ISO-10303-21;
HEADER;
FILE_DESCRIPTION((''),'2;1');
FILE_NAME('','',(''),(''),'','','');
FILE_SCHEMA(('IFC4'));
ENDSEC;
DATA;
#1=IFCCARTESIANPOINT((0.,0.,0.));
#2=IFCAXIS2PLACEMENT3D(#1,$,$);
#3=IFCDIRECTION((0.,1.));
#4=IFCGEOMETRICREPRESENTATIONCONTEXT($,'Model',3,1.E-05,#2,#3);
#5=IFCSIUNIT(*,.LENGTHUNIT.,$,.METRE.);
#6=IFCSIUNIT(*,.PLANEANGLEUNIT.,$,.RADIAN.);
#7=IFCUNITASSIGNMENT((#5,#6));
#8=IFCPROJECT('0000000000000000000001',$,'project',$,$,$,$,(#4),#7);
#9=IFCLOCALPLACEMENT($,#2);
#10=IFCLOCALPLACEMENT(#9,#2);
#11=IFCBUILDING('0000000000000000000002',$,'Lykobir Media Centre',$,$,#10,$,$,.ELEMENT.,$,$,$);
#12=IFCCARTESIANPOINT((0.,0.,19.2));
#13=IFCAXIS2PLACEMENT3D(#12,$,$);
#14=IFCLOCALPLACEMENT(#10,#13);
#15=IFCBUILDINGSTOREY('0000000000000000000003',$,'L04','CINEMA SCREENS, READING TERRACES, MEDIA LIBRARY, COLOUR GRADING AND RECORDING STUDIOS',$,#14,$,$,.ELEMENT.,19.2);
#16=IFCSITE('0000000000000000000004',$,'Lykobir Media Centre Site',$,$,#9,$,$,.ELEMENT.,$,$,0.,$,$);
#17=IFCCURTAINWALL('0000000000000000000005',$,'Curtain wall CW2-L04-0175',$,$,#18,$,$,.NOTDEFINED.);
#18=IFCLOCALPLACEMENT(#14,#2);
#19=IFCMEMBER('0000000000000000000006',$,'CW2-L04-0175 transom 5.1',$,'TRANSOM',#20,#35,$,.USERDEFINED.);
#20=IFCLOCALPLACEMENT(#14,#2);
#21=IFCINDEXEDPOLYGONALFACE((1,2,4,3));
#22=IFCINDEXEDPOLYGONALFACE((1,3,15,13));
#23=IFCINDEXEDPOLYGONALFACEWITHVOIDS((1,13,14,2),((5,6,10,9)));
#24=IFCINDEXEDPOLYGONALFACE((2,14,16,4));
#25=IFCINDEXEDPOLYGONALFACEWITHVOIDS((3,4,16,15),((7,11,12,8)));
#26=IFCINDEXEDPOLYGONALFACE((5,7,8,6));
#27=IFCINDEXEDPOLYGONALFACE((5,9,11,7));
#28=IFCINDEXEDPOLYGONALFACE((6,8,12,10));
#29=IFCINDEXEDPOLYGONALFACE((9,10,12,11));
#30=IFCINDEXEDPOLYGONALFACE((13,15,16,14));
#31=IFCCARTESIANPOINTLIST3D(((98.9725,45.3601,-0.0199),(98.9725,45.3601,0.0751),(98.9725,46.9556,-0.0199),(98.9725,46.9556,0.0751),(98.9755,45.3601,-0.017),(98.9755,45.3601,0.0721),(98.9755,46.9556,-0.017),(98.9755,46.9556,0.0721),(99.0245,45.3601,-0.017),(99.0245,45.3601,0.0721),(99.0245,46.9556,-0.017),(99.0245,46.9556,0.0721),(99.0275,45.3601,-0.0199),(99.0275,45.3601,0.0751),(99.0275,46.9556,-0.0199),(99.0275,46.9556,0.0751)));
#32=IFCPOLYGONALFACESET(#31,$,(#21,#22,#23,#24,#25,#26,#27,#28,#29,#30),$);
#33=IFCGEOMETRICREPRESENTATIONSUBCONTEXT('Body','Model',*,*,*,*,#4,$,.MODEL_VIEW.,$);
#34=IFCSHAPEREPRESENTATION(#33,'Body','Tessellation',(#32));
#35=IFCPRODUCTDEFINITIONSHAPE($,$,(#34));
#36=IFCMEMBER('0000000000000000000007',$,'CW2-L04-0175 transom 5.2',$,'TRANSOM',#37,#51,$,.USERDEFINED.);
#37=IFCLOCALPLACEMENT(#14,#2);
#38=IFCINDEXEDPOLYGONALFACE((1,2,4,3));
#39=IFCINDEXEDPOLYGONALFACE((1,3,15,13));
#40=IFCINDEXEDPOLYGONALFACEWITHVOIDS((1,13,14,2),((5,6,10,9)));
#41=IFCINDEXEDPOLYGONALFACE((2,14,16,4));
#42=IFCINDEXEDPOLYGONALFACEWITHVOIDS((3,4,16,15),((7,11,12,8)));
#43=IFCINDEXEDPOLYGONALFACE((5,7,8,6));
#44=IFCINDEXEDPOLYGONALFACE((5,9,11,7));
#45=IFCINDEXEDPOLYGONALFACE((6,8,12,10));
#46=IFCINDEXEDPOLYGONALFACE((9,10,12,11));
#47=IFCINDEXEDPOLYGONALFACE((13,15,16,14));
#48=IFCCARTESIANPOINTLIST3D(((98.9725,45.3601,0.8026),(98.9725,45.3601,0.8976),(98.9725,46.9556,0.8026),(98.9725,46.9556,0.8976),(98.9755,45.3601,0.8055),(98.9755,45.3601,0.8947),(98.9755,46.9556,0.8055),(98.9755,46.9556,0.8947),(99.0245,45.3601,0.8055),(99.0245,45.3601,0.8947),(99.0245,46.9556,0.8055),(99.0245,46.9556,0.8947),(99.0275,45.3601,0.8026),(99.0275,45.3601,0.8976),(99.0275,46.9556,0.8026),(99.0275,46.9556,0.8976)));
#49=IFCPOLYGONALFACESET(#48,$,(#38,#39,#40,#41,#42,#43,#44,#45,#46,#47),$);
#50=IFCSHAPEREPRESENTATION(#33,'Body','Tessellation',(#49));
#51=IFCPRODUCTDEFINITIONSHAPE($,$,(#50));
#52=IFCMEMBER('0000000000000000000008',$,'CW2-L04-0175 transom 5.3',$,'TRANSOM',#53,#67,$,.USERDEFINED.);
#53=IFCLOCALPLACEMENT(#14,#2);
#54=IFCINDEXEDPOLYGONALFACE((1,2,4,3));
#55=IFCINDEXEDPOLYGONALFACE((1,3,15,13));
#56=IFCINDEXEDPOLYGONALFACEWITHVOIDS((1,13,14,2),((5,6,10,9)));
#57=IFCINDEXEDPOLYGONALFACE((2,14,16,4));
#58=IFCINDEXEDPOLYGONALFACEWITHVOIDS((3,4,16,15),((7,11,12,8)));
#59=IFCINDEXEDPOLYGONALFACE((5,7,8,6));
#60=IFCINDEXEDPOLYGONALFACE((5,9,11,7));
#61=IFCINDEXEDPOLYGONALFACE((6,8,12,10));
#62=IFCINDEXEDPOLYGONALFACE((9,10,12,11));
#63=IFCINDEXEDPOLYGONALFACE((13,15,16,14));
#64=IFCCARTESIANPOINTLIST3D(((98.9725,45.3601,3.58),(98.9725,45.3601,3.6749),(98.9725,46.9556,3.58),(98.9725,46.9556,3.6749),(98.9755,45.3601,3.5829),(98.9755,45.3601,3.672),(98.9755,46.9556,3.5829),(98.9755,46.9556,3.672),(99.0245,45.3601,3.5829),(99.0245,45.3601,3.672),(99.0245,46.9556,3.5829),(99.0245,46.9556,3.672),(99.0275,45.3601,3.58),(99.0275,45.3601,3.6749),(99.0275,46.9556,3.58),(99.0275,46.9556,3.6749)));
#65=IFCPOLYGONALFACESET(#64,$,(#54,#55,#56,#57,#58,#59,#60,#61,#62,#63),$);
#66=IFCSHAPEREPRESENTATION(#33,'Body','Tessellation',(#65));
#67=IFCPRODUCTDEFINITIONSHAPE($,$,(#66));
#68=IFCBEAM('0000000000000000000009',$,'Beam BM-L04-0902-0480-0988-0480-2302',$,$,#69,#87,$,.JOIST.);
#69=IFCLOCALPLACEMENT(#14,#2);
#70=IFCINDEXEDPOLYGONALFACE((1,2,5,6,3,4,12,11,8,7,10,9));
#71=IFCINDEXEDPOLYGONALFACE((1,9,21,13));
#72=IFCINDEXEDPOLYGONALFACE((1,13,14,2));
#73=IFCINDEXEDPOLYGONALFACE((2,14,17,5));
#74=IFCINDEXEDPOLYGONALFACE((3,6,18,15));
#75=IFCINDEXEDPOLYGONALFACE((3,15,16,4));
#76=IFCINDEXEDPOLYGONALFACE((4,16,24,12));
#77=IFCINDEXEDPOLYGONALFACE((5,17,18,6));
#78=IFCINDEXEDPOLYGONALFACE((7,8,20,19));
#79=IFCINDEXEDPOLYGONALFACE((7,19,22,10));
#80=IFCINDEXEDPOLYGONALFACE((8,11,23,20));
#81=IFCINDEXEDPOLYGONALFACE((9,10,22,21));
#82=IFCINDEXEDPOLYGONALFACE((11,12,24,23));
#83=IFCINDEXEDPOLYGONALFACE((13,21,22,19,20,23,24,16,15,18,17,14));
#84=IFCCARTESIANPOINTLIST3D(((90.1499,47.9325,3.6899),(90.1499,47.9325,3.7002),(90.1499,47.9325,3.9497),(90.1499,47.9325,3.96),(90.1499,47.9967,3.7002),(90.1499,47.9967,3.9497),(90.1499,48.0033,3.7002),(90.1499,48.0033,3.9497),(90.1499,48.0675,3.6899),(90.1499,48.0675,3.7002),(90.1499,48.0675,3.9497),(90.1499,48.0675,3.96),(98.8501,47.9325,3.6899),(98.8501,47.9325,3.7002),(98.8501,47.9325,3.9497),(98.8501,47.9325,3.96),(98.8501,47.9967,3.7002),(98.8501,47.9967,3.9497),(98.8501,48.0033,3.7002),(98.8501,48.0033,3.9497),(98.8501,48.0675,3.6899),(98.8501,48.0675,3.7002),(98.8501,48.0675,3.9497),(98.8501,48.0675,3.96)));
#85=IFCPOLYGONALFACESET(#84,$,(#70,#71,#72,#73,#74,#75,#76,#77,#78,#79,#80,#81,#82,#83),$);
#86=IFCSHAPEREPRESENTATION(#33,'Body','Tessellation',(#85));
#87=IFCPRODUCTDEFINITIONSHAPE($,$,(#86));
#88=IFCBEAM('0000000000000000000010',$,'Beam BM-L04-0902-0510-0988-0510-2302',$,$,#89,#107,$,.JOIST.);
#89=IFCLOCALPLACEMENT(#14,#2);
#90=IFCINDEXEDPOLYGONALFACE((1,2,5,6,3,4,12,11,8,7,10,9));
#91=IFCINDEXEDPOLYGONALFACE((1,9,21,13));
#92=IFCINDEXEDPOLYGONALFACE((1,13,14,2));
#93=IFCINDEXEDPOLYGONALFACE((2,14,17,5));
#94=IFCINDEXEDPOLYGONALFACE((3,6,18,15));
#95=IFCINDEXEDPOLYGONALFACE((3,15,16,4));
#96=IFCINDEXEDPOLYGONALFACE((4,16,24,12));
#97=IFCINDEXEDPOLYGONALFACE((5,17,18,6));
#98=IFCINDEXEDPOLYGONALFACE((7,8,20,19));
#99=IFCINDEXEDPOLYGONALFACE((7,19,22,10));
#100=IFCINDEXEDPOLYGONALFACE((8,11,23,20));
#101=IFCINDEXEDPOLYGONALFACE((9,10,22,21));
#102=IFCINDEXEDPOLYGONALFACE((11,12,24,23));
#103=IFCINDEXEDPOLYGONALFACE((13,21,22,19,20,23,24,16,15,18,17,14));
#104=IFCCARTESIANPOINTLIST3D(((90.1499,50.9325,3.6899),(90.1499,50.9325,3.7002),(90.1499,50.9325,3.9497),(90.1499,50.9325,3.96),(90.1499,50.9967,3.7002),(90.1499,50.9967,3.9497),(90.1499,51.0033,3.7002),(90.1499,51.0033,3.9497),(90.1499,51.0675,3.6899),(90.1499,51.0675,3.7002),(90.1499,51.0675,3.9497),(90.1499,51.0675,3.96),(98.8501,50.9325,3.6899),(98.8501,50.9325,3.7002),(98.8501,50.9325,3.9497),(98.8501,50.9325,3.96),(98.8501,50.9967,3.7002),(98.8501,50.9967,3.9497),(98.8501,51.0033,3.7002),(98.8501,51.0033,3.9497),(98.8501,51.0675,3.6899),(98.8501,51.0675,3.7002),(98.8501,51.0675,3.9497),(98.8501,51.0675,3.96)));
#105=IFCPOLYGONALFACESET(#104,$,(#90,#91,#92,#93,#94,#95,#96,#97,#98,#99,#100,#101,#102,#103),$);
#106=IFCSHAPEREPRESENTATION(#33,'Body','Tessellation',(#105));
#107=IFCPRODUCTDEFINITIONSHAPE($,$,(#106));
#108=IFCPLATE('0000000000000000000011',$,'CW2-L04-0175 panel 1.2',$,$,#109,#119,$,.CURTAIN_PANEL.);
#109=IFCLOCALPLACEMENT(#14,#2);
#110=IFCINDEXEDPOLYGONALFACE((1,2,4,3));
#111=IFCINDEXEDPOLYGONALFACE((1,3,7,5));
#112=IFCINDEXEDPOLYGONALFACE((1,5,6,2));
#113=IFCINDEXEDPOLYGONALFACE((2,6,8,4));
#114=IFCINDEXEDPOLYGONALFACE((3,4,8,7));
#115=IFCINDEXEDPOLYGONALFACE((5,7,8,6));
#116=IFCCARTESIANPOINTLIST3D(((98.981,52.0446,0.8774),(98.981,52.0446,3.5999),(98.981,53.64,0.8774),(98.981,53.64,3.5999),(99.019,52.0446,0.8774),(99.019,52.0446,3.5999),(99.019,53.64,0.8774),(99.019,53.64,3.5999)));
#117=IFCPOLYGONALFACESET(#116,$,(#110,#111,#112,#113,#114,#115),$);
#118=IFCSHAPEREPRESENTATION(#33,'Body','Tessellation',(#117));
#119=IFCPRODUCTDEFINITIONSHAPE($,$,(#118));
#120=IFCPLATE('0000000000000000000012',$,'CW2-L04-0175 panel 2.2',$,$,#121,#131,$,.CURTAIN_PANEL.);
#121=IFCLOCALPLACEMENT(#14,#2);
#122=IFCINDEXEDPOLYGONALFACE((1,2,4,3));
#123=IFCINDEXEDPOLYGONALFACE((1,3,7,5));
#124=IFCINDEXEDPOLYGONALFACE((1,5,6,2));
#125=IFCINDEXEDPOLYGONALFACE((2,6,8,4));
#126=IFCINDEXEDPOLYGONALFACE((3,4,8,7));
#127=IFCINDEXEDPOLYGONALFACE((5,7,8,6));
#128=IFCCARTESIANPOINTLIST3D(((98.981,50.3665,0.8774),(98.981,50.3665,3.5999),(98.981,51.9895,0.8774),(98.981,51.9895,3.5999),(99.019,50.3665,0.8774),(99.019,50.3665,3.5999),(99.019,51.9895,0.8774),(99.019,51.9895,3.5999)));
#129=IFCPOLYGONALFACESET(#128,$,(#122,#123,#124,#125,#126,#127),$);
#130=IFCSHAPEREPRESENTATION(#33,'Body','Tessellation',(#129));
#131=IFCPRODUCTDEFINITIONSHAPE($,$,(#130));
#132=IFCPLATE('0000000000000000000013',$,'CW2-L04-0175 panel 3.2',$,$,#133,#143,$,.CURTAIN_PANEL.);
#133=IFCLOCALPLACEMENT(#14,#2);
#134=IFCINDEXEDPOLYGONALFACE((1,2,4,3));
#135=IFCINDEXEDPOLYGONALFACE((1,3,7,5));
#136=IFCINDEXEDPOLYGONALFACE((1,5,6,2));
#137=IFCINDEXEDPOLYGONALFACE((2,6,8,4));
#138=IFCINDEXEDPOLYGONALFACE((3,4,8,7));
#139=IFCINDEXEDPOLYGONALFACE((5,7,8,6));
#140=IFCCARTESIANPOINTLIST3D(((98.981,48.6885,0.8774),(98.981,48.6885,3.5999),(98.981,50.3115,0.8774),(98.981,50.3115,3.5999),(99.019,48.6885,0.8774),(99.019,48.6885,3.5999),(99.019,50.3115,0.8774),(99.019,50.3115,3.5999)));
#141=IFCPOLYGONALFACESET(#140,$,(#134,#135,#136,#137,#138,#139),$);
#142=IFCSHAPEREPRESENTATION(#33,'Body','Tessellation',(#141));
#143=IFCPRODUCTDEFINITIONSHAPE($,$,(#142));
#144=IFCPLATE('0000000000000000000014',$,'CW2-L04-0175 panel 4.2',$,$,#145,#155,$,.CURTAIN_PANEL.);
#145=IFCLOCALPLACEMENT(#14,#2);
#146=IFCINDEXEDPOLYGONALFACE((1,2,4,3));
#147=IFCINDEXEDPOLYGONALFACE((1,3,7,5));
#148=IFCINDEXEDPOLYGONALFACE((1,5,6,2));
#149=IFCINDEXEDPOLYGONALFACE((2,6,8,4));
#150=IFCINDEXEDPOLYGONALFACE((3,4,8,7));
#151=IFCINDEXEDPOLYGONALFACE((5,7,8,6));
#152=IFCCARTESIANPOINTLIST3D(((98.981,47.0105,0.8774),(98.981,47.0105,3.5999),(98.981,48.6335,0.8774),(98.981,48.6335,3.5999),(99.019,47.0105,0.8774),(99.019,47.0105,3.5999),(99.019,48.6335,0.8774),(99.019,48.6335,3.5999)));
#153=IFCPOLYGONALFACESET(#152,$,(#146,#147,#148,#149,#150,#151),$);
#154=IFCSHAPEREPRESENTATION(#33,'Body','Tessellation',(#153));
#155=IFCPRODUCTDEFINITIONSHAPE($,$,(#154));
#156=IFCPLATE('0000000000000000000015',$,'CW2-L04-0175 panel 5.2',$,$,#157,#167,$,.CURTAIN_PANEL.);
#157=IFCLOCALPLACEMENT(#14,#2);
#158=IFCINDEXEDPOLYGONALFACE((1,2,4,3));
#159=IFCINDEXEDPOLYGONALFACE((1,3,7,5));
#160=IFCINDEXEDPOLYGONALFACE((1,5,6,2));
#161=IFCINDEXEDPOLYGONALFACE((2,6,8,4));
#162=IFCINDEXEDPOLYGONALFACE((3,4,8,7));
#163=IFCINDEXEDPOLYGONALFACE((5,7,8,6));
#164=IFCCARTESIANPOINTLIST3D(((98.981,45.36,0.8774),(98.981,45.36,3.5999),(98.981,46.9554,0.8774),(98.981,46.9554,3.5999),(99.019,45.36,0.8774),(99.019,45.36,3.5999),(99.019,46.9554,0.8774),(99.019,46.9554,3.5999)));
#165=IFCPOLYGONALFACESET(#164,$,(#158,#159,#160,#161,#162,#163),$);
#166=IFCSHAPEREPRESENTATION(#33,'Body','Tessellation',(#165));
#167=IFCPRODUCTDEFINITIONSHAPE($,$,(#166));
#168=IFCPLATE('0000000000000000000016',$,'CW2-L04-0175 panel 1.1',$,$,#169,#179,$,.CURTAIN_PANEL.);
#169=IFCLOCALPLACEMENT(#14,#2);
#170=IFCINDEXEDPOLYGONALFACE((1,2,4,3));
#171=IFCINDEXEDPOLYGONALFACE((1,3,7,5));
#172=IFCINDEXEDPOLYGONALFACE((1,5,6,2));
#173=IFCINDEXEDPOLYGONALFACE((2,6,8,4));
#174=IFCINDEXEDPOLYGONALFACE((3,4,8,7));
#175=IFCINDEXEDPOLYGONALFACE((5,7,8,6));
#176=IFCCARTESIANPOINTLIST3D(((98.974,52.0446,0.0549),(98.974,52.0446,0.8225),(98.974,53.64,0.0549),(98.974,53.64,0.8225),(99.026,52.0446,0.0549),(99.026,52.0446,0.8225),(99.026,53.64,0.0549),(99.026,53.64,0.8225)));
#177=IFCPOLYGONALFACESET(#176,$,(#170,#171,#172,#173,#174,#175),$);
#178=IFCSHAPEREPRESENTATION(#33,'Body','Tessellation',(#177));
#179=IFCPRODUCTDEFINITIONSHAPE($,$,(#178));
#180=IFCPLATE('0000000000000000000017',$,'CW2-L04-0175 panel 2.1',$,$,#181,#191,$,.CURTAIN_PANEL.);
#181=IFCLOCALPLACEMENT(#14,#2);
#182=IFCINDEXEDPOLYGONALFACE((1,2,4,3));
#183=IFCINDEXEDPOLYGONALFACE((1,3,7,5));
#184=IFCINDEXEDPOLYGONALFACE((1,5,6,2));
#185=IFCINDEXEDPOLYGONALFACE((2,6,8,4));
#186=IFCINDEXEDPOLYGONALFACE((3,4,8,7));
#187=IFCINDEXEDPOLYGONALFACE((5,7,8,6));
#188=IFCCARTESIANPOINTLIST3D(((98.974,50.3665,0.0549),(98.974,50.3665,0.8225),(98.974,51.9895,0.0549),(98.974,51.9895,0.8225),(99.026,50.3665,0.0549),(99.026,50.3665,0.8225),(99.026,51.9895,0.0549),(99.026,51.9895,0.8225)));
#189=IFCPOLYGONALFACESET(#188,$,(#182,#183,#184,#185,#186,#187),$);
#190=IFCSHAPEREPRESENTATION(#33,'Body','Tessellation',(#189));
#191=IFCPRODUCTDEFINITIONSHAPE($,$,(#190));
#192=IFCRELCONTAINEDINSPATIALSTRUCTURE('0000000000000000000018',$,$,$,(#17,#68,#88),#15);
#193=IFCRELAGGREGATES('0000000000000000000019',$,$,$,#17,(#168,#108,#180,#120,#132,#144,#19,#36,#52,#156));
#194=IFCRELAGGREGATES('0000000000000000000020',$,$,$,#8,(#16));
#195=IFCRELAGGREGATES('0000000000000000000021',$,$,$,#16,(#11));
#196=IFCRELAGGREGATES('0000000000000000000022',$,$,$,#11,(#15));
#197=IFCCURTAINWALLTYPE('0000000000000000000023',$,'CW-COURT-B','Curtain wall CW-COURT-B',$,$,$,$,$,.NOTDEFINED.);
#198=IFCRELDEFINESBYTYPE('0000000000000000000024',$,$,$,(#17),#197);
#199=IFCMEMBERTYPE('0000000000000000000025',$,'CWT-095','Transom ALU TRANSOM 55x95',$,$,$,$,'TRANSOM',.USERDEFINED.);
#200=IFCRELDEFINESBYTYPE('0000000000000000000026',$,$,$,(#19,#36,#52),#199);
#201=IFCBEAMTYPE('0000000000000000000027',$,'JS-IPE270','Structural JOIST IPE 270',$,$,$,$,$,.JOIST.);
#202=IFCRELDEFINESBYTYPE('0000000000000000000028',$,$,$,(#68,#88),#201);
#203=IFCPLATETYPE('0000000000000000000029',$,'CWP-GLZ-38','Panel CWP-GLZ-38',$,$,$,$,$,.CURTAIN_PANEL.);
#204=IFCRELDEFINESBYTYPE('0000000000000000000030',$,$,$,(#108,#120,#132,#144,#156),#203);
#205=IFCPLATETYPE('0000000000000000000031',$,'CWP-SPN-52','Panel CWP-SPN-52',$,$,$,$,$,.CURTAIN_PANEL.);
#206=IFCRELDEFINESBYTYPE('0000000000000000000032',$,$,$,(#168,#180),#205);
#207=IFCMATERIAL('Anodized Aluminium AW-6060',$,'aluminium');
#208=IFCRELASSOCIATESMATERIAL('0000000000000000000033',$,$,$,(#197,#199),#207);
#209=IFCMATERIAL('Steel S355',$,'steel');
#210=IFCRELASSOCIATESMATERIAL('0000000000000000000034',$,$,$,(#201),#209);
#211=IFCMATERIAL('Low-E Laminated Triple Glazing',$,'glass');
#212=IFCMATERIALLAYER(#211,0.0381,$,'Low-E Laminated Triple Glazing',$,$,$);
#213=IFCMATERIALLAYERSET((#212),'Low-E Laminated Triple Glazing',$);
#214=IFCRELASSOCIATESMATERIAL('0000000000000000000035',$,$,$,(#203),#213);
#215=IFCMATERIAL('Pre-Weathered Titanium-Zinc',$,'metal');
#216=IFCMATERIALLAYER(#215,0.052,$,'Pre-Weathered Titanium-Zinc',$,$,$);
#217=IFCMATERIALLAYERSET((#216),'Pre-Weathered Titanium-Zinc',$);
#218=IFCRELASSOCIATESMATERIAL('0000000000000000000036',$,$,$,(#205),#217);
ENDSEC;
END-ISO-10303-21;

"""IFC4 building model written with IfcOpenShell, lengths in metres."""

from ifc_helpers import new_model, si_unit, direction, frame, origin, origin_2d, place, context, subcontext, project, spatial, rectangle, hollow_rectangle, i_section, extrude, material, layer, layer_set, material_profile, profile_set, type_object, element, aggregate, save


model = new_model("IFC4")

# Units and contexts
model_context = context("Model", 3, precision=1e-05, world=origin(), true_north=direction((0.0, 1.0)))
body_context = subcontext(model_context, "Body", "Model", "MODEL_VIEW")
ifc_project = project(units=[si_unit("LENGTHUNIT", "METRE"), si_unit("PLANEANGLEUNIT", "RADIAN")], contexts=[model_context])

# Site, building, storey
site_placement = place(None, origin())
site = spatial("IfcSite", under=ifc_project, at=site_placement, Name="Lykobir Media Centre Site", CompositionType="ELEMENT", RefElevation=0.0)
building_placement = place(site_placement, origin())
building = spatial("IfcBuilding", under=site, at=building_placement, Name="Lykobir Media Centre", CompositionType="ELEMENT")
storey_placement = place(building_placement, frame((0.0, 0.0, 19.2)))
storey = spatial("IfcBuildingStorey", under=building, at=storey_placement, Name="L04", Description="CINEMA SCREENS, READING TERRACES, MEDIA LIBRARY, COLOUR GRADING AND RECORDING STUDIOS", CompositionType="ELEMENT", Elevation=19.2)

# Shared definitions
ifc_material_1 = material(Name="Steel S355", Category="steel")

# Curtain wall, members
ifc_material_2 = material(Name="Anodized Aluminium AW-6060", Category="aluminium")
curtain_wall_type = type_object("IfcCurtainWallType", Name="CW-COURT-B", Description="Curtain wall CW-COURT-B", PredefinedType="NOTDEFINED", material=ifc_material_2)
curtain_wall_placement = place(storey_placement, origin())
curtain_wall = element("IfcCurtainWall", 1, at=curtain_wall_placement, inside=storey, type_object=curtain_wall_type, Name="Curtain wall CW2-L04-0175", PredefinedType="NOTDEFINED")
ifc_material_profile_1 = material_profile(ifc_material_2, hollow_rectangle(XDim=0.0549, YDim=0.095, WallThickness=0.0029, at=origin_2d()), Name="ALU TRANSOM 55x95")
ifc_profile_set_1 = profile_set([ifc_material_profile_1], Name="Anodized Aluminium AW-6060")
member_type_1 = type_object("IfcMemberType", Name="CWT-095", Description="Transom ALU TRANSOM 55x95", ElementType="TRANSOM", PredefinedType="USERDEFINED", material=ifc_profile_set_1)
member_1_placement = place(storey_placement, frame((99.0, 46.9556, 0.0276), z_axis=(0.0, -1.0, 0.0), x_axis=(1.0, 0.0, 0.0)))
member_1 = element("IfcMember", 2, at=member_1_placement, type_object=member_type_1, Name="CW2-L04-0175 transom 5.1", ObjectType="TRANSOM", PredefinedType="USERDEFINED", context=body_context, shape_type="SweptSolid", body=[
    extrude(hollow_rectangle(XDim=0.0549, YDim=0.095, WallThickness=0.0029, at=origin_2d()), origin(), (0.0, 0.0, 1.0), 1.5955),
])
member_2_placement = place(storey_placement, frame((99.0, 46.9556, 0.8501), z_axis=(0.0, -1.0, 0.0), x_axis=(1.0, 0.0, 0.0)))
member_2 = element("IfcMember", 3, at=member_2_placement, type_object=member_type_1, Name="CW2-L04-0175 transom 5.2", ObjectType="TRANSOM", PredefinedType="USERDEFINED", context=body_context, shape_type="SweptSolid", body=[
    extrude(hollow_rectangle(XDim=0.0549, YDim=0.095, WallThickness=0.0029, at=origin_2d()), origin(), (0.0, 0.0, 1.0), 1.5955),
])
member_3_placement = place(storey_placement, frame((99.0, 46.9556, 3.6274), z_axis=(0.0, -1.0, 0.0), x_axis=(1.0, 0.0, 0.0)))
member_3 = element("IfcMember", 4, at=member_3_placement, type_object=member_type_1, Name="CW2-L04-0175 transom 5.3", ObjectType="TRANSOM", PredefinedType="USERDEFINED", context=body_context, shape_type="SweptSolid", body=[
    extrude(hollow_rectangle(XDim=0.0549, YDim=0.095, WallThickness=0.0029, at=origin_2d()), origin(), (0.0, 0.0, 1.0), 1.5955),
])

# Beams
ifc_material_profile_2 = material_profile(ifc_material_1, i_section(OverallWidth=0.135, OverallDepth=0.27, WebThickness=0.0066, FlangeThickness=0.0103, at=origin_2d()), Name="IPE 270")
ifc_profile_set_2 = profile_set([ifc_material_profile_2], Name="Steel S355")
beam_type_1 = type_object("IfcBeamType", Name="JS-IPE270", Description="Structural JOIST IPE 270", PredefinedType="JOIST", material=ifc_profile_set_2)
for number, where, z_axis, x_axis, name in (
    (5, (90.1499, 48.0, 3.825), (1.0, 0.0, 0.0), (0.0, 1.0, 0.0), "Beam BM-L04-0902-0480-0988-0480-2302"),
    (6, (90.1499, 51.0, 3.825), (1.0, 0.0, 0.0), (0.0, 1.0, 0.0), "Beam BM-L04-0902-0510-0988-0510-2302"),
):
    element("IfcBeam", number, at=place(storey_placement, frame(where, z_axis=z_axis, x_axis=x_axis)), inside=storey, type_object=beam_type_1, Name=name, PredefinedType="JOIST", context=body_context, shape_type="SweptSolid", body=[
        extrude(i_section(OverallWidth=0.135, OverallDepth=0.27, WebThickness=0.0066, FlangeThickness=0.0103, at=origin_2d()), origin(), (0.0, 0.0, 1.0), 8.7002),
    ])

# Plates
ifc_material_3 = material(Name="Low-E Laminated Triple Glazing", Category="glass")
ifc_layer_1 = layer(ifc_material_3, 0.0381, Name="Low-E Laminated Triple Glazing")
ifc_layer_set_1 = layer_set([ifc_layer_1], Name="Low-E Laminated Triple Glazing")
plate_type_1 = type_object("IfcPlateType", Name="CWP-GLZ-38", Description="Panel CWP-GLZ-38", PredefinedType="CURTAIN_PANEL", material=ifc_layer_set_1)
plate_1_placement = place(storey_placement, frame((99.0, 52.8423, 0.8774), z_axis=(0.0, 0.0, 1.0), x_axis=(0.0, -1.0, 0.0)))
plate_1 = element("IfcPlate", 7, at=plate_1_placement, type_object=plate_type_1, Name="CW2-L04-0175 panel 1.2", PredefinedType="CURTAIN_PANEL", context=body_context, shape_type="SweptSolid", body=[
    extrude(rectangle(XDim=1.5955, YDim=0.0381, at=origin_2d()), origin(), (0.0, 0.0, 1.0), 2.7224),
])
plate_2_placement = place(storey_placement, frame((99.0, 51.178, 0.8774), z_axis=(0.0, 0.0, 1.0), x_axis=(0.0, -1.0, 0.0)))
plate_2 = element("IfcPlate", 8, at=plate_2_placement, type_object=plate_type_1, Name="CW2-L04-0175 panel 2.2", PredefinedType="CURTAIN_PANEL", context=body_context, shape_type="SweptSolid", body=[
    extrude(rectangle(XDim=1.623, YDim=0.0381, at=origin_2d()), origin(), (0.0, 0.0, 1.0), 2.7224),
])
plate_3_placement = place(storey_placement, frame((99.0, 49.5, 0.8774), z_axis=(0.0, 0.0, 1.0), x_axis=(0.0, -1.0, 0.0)))
plate_3 = element("IfcPlate", 9, at=plate_3_placement, type_object=plate_type_1, Name="CW2-L04-0175 panel 3.2", PredefinedType="CURTAIN_PANEL", context=body_context, shape_type="SweptSolid", body=[
    extrude(rectangle(XDim=1.623, YDim=0.0381, at=origin_2d()), origin(), (0.0, 0.0, 1.0), 2.7224),
])
plate_4_placement = place(storey_placement, frame((99.0, 47.822, 0.8774), z_axis=(0.0, 0.0, 1.0), x_axis=(0.0, -1.0, 0.0)))
plate_4 = element("IfcPlate", 10, at=plate_4_placement, type_object=plate_type_1, Name="CW2-L04-0175 panel 4.2", PredefinedType="CURTAIN_PANEL", context=body_context, shape_type="SweptSolid", body=[
    extrude(rectangle(XDim=1.623, YDim=0.0381, at=origin_2d()), origin(), (0.0, 0.0, 1.0), 2.7224),
])
plate_5_placement = place(storey_placement, frame((99.0, 46.1577, 0.8774), z_axis=(0.0, 0.0, 1.0), x_axis=(0.0, -1.0, 0.0)))
plate_5 = element("IfcPlate", 11, at=plate_5_placement, type_object=plate_type_1, Name="CW2-L04-0175 panel 5.2", PredefinedType="CURTAIN_PANEL", context=body_context, shape_type="SweptSolid", body=[
    extrude(rectangle(XDim=1.5955, YDim=0.0381, at=origin_2d()), origin(), (0.0, 0.0, 1.0), 2.7224),
])
ifc_material_4 = material(Name="Pre-Weathered Titanium-Zinc", Category="metal")
ifc_layer_2 = layer(ifc_material_4, 0.052, Name="Pre-Weathered Titanium-Zinc")
ifc_layer_set_2 = layer_set([ifc_layer_2], Name="Pre-Weathered Titanium-Zinc")
plate_type_2 = type_object("IfcPlateType", Name="CWP-SPN-52", Description="Panel CWP-SPN-52", PredefinedType="CURTAIN_PANEL", material=ifc_layer_set_2)
plate_6_placement = place(storey_placement, frame((99.0, 52.8423, 0.0549), z_axis=(0.0, 0.0, 1.0), x_axis=(0.0, -1.0, 0.0)))
plate_6 = element("IfcPlate", 12, at=plate_6_placement, type_object=plate_type_2, Name="CW2-L04-0175 panel 1.1", PredefinedType="CURTAIN_PANEL", context=body_context, shape_type="SweptSolid", body=[
    extrude(rectangle(XDim=1.5955, YDim=0.052, at=origin_2d()), origin(), (0.0, 0.0, 1.0), 0.7676),
])
plate_7_placement = place(storey_placement, frame((99.0, 51.178, 0.0549), z_axis=(0.0, 0.0, 1.0), x_axis=(0.0, -1.0, 0.0)))
plate_7 = element("IfcPlate", 13, at=plate_7_placement, type_object=plate_type_2, Name="CW2-L04-0175 panel 2.1", PredefinedType="CURTAIN_PANEL", context=body_context, shape_type="SweptSolid", body=[
    extrude(rectangle(XDim=1.623, YDim=0.052, at=origin_2d()), origin(), (0.0, 0.0, 1.0), 0.7676),
])
aggregate(curtain_wall, [plate_6, plate_1, plate_7, plate_2, plate_3, plate_4, member_1, member_2, member_3, plate_5])

save(model, "model.ifc")
